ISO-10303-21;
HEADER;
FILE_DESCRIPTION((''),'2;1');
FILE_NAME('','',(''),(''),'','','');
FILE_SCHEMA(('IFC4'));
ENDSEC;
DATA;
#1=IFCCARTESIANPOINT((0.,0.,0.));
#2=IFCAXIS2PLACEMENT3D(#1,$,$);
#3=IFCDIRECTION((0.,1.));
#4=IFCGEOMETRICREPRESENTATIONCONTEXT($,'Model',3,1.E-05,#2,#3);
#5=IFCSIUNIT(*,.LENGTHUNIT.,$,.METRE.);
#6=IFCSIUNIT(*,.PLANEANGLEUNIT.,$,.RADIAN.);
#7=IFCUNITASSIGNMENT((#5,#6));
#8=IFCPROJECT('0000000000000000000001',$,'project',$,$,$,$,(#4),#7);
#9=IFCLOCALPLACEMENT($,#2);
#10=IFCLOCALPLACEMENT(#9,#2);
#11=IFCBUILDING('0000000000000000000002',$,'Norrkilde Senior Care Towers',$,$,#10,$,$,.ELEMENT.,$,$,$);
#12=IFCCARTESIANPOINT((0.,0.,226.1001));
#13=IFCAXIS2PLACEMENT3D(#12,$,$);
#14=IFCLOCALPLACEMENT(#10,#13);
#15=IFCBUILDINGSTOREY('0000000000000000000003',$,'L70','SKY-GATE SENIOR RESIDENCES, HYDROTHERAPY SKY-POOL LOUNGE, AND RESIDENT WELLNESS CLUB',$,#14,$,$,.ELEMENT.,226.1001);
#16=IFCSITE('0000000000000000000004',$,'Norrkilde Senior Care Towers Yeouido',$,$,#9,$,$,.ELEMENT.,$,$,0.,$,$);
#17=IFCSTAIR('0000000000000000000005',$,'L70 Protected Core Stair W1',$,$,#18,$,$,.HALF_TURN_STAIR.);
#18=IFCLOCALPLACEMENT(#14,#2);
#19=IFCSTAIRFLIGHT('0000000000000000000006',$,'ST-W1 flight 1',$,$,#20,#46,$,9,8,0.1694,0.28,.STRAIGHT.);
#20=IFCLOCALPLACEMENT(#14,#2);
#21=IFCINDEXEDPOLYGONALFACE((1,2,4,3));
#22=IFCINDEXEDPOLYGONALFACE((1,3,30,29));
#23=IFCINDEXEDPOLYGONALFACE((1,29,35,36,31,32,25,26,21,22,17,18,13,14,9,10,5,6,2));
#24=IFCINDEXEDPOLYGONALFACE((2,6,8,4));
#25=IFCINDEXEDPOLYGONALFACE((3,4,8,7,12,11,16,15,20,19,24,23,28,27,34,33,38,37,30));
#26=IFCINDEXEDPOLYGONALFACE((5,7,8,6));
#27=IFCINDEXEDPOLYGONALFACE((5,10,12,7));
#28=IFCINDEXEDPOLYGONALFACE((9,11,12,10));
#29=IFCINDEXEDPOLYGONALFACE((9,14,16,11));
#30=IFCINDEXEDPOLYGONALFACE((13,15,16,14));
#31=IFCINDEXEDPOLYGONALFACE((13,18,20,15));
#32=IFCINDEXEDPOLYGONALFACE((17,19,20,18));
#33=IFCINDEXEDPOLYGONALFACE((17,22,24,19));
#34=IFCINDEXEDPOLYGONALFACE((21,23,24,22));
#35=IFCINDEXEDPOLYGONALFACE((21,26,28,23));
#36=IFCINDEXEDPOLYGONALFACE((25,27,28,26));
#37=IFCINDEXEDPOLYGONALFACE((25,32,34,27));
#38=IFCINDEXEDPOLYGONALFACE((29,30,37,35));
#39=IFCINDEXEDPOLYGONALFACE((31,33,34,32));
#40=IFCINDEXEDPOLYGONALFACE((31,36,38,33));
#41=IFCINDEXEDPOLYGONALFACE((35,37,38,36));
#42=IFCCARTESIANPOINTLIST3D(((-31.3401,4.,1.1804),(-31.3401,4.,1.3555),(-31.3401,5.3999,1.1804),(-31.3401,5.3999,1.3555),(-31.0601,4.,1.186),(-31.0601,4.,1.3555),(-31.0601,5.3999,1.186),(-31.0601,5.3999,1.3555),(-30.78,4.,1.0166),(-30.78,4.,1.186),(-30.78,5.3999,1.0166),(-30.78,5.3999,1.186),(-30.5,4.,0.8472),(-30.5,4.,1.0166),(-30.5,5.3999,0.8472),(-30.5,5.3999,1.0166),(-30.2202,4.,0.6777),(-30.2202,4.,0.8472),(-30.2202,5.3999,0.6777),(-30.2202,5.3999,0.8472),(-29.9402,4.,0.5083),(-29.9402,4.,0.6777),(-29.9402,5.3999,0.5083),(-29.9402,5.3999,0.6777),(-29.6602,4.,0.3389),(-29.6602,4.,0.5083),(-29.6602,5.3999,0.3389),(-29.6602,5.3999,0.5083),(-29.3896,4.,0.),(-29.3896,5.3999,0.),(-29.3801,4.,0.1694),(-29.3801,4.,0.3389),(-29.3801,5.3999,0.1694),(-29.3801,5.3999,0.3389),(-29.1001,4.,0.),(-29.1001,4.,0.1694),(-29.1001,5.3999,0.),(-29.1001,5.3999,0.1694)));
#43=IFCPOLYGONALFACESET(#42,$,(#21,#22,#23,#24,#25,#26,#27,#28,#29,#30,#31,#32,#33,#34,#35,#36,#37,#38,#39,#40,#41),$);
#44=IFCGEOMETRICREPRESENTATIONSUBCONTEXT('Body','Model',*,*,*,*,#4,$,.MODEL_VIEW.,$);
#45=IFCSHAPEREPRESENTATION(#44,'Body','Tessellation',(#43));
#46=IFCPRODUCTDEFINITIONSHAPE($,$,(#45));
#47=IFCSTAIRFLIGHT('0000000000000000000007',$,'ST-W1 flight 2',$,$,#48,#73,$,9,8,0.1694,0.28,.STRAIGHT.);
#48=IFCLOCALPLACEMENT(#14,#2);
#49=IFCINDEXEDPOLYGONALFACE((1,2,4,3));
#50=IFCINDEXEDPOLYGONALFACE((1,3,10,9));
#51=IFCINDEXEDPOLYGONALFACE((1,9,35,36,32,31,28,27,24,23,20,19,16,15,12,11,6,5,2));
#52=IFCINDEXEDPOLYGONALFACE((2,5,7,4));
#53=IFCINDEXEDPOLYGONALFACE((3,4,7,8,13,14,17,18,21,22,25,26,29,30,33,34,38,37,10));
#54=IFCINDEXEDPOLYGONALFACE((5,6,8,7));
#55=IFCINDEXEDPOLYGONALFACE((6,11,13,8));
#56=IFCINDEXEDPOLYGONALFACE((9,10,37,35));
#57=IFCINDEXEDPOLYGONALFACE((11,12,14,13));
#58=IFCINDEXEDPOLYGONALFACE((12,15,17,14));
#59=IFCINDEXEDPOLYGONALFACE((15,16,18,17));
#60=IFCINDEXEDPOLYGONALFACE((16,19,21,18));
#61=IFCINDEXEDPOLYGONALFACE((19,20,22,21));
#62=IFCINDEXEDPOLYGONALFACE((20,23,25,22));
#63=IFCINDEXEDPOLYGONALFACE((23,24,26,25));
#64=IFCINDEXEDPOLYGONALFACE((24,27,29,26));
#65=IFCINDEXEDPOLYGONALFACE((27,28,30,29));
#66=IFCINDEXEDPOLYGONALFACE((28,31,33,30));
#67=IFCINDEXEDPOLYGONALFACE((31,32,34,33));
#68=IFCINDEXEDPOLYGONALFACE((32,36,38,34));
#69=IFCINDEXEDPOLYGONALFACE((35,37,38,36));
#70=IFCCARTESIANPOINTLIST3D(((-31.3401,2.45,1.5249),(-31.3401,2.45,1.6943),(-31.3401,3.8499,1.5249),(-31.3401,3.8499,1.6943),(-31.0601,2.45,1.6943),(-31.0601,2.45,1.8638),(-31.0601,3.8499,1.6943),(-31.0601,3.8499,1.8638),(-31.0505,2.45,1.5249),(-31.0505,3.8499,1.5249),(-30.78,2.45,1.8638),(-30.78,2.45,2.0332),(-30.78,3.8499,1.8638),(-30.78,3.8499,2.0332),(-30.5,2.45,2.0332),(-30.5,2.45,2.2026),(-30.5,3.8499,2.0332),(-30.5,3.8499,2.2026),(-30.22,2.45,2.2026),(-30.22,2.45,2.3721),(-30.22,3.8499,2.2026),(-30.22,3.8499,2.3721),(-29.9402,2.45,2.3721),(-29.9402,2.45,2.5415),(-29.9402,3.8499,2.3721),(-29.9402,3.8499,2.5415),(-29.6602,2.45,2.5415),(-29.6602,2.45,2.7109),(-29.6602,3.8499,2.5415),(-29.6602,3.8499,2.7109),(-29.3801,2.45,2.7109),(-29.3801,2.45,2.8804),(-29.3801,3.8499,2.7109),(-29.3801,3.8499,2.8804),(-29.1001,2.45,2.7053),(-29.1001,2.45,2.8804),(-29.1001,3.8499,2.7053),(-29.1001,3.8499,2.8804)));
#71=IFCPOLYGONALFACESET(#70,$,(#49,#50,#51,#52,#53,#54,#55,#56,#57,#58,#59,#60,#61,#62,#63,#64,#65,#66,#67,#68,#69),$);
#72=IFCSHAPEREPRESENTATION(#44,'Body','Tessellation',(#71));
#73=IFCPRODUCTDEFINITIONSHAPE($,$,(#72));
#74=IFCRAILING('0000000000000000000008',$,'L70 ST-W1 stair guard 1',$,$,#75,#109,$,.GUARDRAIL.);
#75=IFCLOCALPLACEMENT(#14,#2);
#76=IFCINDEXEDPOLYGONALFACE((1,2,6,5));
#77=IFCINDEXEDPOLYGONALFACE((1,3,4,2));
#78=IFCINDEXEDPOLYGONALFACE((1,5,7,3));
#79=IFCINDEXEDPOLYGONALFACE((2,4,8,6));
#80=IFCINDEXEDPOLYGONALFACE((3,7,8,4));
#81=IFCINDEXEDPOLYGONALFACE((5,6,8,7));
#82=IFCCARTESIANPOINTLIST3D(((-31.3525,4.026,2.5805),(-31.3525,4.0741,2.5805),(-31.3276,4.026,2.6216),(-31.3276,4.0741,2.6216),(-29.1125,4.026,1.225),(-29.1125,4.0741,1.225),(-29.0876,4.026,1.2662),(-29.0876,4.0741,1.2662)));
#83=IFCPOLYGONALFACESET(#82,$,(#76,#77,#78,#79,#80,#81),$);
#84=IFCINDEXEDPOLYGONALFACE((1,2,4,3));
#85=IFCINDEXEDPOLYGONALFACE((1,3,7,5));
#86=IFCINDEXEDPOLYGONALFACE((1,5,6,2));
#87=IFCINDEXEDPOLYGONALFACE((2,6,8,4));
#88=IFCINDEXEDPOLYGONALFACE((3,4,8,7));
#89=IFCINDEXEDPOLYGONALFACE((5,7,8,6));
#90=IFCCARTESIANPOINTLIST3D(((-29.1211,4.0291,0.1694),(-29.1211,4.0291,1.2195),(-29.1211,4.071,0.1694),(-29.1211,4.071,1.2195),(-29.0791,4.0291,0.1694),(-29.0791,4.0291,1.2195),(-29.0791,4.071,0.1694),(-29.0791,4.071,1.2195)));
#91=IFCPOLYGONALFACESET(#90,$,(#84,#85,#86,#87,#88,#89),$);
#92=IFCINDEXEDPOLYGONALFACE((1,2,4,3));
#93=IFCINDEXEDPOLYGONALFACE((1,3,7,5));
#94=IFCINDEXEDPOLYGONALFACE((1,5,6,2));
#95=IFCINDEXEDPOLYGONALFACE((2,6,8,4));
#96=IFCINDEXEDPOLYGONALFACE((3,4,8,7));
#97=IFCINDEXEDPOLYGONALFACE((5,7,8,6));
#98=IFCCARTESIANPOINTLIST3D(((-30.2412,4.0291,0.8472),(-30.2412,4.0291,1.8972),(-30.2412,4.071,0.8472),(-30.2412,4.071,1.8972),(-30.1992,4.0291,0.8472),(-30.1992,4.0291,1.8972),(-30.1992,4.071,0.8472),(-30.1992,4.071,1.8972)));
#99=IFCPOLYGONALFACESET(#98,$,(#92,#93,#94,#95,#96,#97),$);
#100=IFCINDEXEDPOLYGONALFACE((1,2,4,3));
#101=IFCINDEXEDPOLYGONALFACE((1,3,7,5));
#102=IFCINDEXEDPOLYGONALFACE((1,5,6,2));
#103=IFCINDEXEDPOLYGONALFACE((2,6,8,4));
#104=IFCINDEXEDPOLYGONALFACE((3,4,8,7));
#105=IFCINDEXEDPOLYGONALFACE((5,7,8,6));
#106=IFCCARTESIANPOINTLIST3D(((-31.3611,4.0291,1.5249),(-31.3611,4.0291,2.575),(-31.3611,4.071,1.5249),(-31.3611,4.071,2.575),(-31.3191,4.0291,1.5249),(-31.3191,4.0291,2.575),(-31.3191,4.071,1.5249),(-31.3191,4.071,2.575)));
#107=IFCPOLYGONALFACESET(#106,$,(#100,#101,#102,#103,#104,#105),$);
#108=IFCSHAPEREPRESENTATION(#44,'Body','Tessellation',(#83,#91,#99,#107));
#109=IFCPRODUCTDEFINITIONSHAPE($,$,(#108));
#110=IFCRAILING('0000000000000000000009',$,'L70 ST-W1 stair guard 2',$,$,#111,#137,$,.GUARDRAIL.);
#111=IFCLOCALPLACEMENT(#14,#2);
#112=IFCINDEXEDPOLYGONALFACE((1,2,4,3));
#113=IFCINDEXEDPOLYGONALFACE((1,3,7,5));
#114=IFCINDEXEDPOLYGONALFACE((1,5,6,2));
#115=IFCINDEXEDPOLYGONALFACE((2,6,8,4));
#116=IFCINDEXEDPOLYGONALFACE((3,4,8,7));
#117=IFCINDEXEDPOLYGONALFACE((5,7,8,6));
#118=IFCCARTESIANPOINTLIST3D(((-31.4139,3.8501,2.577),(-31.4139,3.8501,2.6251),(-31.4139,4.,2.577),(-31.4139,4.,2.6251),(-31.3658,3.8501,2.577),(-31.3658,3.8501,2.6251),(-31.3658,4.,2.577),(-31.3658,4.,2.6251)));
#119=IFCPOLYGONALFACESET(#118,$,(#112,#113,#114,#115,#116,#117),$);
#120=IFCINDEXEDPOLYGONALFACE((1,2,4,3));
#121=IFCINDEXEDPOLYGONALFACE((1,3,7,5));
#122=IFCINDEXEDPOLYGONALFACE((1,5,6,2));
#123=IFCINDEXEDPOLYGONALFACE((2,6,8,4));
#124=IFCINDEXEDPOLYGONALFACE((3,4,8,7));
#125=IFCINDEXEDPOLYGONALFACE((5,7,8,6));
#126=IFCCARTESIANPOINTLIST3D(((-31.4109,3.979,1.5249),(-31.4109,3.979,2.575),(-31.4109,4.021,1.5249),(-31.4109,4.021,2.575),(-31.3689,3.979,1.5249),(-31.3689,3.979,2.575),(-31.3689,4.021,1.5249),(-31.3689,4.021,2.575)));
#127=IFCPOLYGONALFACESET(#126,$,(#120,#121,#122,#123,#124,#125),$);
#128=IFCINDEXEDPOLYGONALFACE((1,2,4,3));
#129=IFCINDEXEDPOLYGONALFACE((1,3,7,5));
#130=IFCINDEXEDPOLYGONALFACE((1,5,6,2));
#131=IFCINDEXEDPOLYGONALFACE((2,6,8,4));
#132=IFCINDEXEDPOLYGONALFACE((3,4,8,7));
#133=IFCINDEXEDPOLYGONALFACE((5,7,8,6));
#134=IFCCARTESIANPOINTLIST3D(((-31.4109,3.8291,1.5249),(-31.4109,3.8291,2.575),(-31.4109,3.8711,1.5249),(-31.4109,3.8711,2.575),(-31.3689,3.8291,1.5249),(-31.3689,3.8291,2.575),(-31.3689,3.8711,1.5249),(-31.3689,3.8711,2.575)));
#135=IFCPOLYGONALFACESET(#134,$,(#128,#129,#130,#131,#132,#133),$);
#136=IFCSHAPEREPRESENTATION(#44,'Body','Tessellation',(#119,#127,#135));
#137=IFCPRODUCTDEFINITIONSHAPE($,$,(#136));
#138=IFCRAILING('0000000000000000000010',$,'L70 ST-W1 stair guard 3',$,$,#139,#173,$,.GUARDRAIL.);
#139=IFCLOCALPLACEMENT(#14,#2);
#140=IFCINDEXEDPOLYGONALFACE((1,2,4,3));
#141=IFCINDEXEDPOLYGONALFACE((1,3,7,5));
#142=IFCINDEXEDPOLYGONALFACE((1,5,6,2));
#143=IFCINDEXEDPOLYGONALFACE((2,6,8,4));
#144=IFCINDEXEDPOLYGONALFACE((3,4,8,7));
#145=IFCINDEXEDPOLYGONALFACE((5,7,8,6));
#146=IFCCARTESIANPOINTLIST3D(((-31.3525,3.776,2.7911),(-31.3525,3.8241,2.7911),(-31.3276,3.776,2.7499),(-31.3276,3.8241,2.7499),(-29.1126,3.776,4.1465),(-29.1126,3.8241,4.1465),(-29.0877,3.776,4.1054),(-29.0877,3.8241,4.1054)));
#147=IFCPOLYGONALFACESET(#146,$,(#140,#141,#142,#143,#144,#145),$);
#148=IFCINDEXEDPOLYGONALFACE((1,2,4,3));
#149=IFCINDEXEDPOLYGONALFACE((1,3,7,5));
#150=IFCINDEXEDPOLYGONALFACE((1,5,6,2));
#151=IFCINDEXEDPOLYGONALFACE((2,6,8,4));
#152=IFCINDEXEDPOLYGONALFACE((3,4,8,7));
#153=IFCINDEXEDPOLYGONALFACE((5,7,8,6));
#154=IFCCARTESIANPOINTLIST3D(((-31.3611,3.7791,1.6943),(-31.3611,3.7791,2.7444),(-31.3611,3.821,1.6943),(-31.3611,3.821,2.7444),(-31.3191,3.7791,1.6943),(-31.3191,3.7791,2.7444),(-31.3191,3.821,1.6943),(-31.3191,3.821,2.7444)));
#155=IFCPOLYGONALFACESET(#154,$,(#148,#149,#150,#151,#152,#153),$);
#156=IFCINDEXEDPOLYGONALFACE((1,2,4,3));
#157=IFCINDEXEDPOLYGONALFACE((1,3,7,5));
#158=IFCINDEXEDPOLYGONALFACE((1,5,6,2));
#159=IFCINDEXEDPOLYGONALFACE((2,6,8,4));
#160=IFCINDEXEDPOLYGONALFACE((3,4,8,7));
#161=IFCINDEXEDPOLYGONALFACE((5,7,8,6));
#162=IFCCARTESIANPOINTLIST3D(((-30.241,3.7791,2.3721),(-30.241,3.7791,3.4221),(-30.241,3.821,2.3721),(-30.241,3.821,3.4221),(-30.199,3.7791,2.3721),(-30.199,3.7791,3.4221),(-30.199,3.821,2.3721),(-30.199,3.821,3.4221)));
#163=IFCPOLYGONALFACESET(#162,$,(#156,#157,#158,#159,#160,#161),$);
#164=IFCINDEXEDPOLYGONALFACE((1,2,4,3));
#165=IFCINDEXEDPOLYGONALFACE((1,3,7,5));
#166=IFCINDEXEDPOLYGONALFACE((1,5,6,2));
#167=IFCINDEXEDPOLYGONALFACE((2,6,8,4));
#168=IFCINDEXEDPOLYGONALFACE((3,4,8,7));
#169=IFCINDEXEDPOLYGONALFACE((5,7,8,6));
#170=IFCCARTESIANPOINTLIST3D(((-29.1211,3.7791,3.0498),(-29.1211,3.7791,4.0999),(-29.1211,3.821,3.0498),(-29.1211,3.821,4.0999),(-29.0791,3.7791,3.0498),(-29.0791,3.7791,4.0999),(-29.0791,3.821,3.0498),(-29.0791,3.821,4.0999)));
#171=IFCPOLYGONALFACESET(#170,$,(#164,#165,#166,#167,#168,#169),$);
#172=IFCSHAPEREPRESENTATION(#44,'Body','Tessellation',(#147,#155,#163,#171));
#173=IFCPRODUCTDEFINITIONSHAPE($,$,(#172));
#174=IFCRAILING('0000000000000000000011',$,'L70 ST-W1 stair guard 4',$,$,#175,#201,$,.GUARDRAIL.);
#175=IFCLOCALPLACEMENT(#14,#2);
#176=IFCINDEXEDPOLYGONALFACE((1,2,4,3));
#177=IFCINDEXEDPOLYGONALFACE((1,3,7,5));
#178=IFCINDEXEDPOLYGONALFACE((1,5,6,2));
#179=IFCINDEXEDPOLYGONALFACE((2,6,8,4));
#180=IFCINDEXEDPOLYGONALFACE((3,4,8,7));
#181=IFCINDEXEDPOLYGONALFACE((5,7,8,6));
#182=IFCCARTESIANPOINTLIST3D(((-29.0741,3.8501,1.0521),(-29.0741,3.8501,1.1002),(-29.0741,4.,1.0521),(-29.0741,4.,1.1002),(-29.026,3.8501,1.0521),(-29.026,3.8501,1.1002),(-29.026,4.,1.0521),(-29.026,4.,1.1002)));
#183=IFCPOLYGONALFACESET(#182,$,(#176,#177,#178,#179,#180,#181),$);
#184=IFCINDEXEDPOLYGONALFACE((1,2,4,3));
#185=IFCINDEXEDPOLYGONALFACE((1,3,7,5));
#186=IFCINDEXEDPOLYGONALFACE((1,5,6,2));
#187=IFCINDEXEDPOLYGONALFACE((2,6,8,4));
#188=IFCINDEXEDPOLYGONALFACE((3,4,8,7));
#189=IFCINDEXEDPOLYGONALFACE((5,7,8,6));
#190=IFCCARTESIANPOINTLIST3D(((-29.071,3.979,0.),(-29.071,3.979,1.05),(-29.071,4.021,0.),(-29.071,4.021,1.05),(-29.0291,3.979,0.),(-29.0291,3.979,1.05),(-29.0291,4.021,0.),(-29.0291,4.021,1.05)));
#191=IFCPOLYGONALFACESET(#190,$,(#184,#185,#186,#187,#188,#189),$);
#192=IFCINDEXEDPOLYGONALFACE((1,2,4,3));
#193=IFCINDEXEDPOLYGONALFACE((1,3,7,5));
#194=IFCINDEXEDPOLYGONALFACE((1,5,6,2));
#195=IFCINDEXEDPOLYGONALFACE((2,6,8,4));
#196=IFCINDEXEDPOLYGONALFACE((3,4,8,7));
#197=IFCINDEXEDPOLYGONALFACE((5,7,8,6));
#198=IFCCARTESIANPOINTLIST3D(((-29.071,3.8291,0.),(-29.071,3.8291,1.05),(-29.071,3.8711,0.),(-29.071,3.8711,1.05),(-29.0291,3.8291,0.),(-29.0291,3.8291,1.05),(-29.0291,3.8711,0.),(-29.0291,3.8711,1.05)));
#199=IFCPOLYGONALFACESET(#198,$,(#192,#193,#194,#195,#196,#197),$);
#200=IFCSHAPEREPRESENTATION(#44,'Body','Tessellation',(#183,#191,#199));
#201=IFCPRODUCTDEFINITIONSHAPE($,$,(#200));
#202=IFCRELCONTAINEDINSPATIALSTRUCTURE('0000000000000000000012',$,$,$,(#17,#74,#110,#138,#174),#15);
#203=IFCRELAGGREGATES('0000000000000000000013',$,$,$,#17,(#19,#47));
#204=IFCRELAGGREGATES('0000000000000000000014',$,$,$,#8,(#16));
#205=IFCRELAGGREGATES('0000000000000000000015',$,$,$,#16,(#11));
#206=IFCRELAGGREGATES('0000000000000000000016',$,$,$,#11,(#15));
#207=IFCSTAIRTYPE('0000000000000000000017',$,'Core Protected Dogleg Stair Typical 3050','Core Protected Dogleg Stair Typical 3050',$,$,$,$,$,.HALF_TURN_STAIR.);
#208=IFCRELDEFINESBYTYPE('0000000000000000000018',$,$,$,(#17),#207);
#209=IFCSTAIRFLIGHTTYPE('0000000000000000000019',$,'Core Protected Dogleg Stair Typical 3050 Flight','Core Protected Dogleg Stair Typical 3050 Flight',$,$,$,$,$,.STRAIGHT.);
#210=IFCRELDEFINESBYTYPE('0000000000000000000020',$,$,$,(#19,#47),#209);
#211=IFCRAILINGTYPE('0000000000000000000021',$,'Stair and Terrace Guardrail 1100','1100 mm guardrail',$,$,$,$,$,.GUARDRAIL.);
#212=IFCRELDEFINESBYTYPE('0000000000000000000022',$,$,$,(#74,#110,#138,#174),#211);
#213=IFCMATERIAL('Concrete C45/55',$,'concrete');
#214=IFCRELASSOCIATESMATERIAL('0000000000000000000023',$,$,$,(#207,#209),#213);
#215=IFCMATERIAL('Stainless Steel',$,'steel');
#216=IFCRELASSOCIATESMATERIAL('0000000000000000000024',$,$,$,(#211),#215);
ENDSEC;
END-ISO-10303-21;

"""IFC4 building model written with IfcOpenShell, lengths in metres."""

from ifc_helpers import new_model, si_unit, direction, frame, origin, origin_2d, place, context, subcontext, project, spatial, polyline, rectangle, outline, extrude, material, type_object, element, aggregate, save


model = new_model("IFC4")

# Units and contexts
model_context = context("Model", 3, precision=1e-05, world=origin(), true_north=direction((0.0, 1.0)))
body_context = subcontext(model_context, "Body", "Model", "MODEL_VIEW")
ifc_project = project(units=[si_unit("LENGTHUNIT", "METRE"), si_unit("PLANEANGLEUNIT", "RADIAN")], contexts=[model_context])

# Site, building, storey
site_placement = place(None, origin())
site = spatial("IfcSite", under=ifc_project, at=site_placement, Name="Norrkilde Senior Care Towers Yeouido", CompositionType="ELEMENT", RefElevation=0.0)
building_placement = place(site_placement, origin())
building = spatial("IfcBuilding", under=site, at=building_placement, Name="Norrkilde Senior Care Towers", CompositionType="ELEMENT")
storey_placement = place(building_placement, frame((0.0, 0.0, 226.1001)))
storey = spatial("IfcBuildingStorey", under=building, at=storey_placement, Name="L70", Description="SKY-GATE SENIOR RESIDENCES, HYDROTHERAPY SKY-POOL LOUNGE, AND RESIDENT WELLNESS CLUB", CompositionType="ELEMENT", Elevation=226.1001)

# Shared definitions
ifc_material_1 = material(Name="Concrete C45/55", Category="concrete")

# Shared definitions
ifc_material_2 = material(Name="Stainless Steel", Category="steel")

# Stair, stair flights
stair_type = type_object("IfcStairType", Name="Core Protected Dogleg Stair Typical 3050", Description="Core Protected Dogleg Stair Typical 3050", PredefinedType="HALF_TURN_STAIR", material=ifc_material_1)
stair_placement = place(storey_placement, origin())
stair = element("IfcStair", 1, at=stair_placement, inside=storey, type_object=stair_type, Name="L70 Protected Core Stair W1", PredefinedType="HALF_TURN_STAIR")
stair_flight_type = type_object("IfcStairFlightType", Name="Core Protected Dogleg Stair Typical 3050 Flight", Description="Core Protected Dogleg Stair Typical 3050 Flight", PredefinedType="STRAIGHT", material=ifc_material_1)
stair_flight_1_placement = place(storey_placement, frame((-29.1001, 4.7, 0.0), z_axis=(0.0, 0.0, 1.0), x_axis=(-1.0, 0.0, 0.0)))
stair_flight_1 = element("IfcStairFlight", 2, at=stair_flight_1_placement, type_object=stair_flight_type, Name="ST-W1 flight 1", NumberOfRisers=9, NumberOfTreads=8, PredefinedType="STRAIGHT", RiserHeight=0.1694, TreadLength=0.28, context=body_context, shape_type="SweptSolid", body=[
    extrude(outline(polyline([(0.0, 0.0), (0.0, 0.1694), (0.28, 0.1694), (0.28, 0.3389), (0.5601, 0.3389), (0.5601, 0.5083), (0.8401, 0.5083), (0.8401, 0.6777), (1.1201, 0.6777), (1.1201, 0.8472), (1.3999, 0.8472), (1.3999, 1.0166), (1.6799, 1.0166), (1.6799, 1.186), (1.96, 1.186), (1.96, 1.3555), (2.24, 1.3555), (2.24, 1.5249), (2.24, 1.1804), (0.2896, 0.0), (0.0, 0.0)])), frame((0.0, 0.7, 0.0), z_axis=(0.0, -1.0, 0.0), x_axis=(1.0, 0.0, 0.0)), (0.0, 0.0, 1.0), 1.3999),
])
stair_flight_2_placement = place(storey_placement, frame((-31.3401, 3.1499, 1.5249), z_axis=(0.0, 0.0, 1.0), x_axis=(1.0, 0.0, 0.0)))
stair_flight_2 = element("IfcStairFlight", 3, at=stair_flight_2_placement, type_object=stair_flight_type, Name="ST-W1 flight 2", NumberOfRisers=9, NumberOfTreads=8, PredefinedType="STRAIGHT", RiserHeight=0.1694, TreadLength=0.28, context=body_context, shape_type="SweptSolid", body=[
    extrude(outline(polyline([(0.0, 0.0), (0.0, 0.1694), (0.28, 0.1694), (0.28, 0.3389), (0.5601, 0.3389), (0.5601, 0.5083), (0.8401, 0.5083), (0.8401, 0.6777), (1.1201, 0.6777), (1.1201, 0.8472), (1.3999, 0.8472), (1.3999, 1.0166), (1.6799, 1.0166), (1.6799, 1.186), (1.96, 1.186), (1.96, 1.3555), (2.24, 1.3555), (2.24, 1.5249), (2.24, 1.1804), (0.2896, 0.0), (0.0, 0.0)])), frame((0.0, 0.7, 0.0), z_axis=(0.0, -1.0, 0.0), x_axis=(1.0, 0.0, 0.0)), (0.0, 0.0, 1.0), 1.3999),
])
aggregate(stair, [stair_flight_1, stair_flight_2])

# Railings
railing_type_1 = type_object("IfcRailingType", Name="Stair and Terrace Guardrail 1100", Description="1100 mm guardrail", PredefinedType="GUARDRAIL", material=ifc_material_2)
railing_1_placement = place(storey_placement, frame((-29.1001, 4.05, 0.1694)))
element("IfcRailing", 4, at=railing_1_placement, inside=storey, type_object=railing_type_1, Name="L70 ST-W1 stair guard 1", PredefinedType="GUARDRAIL", context=body_context, shape_type="SweptSolid", body=[
    extrude(rectangle(XDim=0.0481, YDim=0.0481, at=origin_2d()), frame((0.0, 0.0, 1.0762), z_axis=(-0.855553, 0.0, 0.517715), x_axis=(0.0, -1.0, 0.0)), (0.0, 0.0, 1.0), 2.6182),
    extrude(rectangle(XDim=0.042, YDim=0.042, at=origin_2d()), origin(), (0.0, 0.0, 1.0), 1.05),
    extrude(rectangle(XDim=0.042, YDim=0.042, at=origin_2d()), frame((-1.1201, 0.0, 0.6777)), (0.0, 0.0, 1.0), 1.05),
    extrude(rectangle(XDim=0.042, YDim=0.042, at=origin_2d()), frame((-2.24, 0.0, 1.3555)), (0.0, 0.0, 1.0), 1.05),
])
railing_2_placement = place(storey_placement, frame((-31.3899, 4.0, 1.5249)))
element("IfcRailing", 5, at=railing_2_placement, inside=storey, type_object=railing_type_1, Name="L70 ST-W1 stair guard 2", PredefinedType="GUARDRAIL", context=body_context, shape_type="SweptSolid", body=[
    extrude(rectangle(XDim=0.0481, YDim=0.0481, at=origin_2d()), frame((0.0, 0.0, 1.0762), z_axis=(0.0, -1.0, 0.0), x_axis=(1.0, 0.0, 0.0)), (0.0, 0.0, 1.0), 0.1499),
    extrude(rectangle(XDim=0.042, YDim=0.042, at=origin_2d()), origin(), (0.0, 0.0, 1.0), 1.05),
    extrude(rectangle(XDim=0.042, YDim=0.042, at=origin_2d()), frame((0.0, -0.1499, 0.0)), (0.0, 0.0, 1.0), 1.05),
])
railing_3_placement = place(storey_placement, frame((-31.3401, 3.8, 1.6943)))
element("IfcRailing", 6, at=railing_3_placement, inside=storey, type_object=railing_type_1, Name="L70 ST-W1 stair guard 3", PredefinedType="GUARDRAIL", context=body_context, shape_type="SweptSolid", body=[
    extrude(rectangle(XDim=0.0481, YDim=0.0481, at=origin_2d()), frame((0.0, 0.0, 1.0762), z_axis=(0.855553, 0.0, 0.517715), x_axis=(0.0, 1.0, 0.0)), (0.0, 0.0, 1.0), 2.6182),
    extrude(rectangle(XDim=0.042, YDim=0.042, at=origin_2d()), origin(), (0.0, 0.0, 1.0), 1.05),
    extrude(rectangle(XDim=0.042, YDim=0.042, at=origin_2d()), frame((1.1201, 0.0, 0.6777)), (0.0, 0.0, 1.0), 1.05),
    extrude(rectangle(XDim=0.042, YDim=0.042, at=origin_2d()), frame((2.24, 0.0, 1.3555)), (0.0, 0.0, 1.0), 1.05),
])
railing_4_placement = place(storey_placement, frame((-29.05, 4.0, 0.0)))
element("IfcRailing", 7, at=railing_4_placement, inside=storey, type_object=railing_type_1, Name="L70 ST-W1 stair guard 4", PredefinedType="GUARDRAIL", context=body_context, shape_type="SweptSolid", body=[
    extrude(rectangle(XDim=0.0481, YDim=0.0481, at=origin_2d()), frame((0.0, 0.0, 1.0762), z_axis=(0.0, -1.0, 0.0), x_axis=(1.0, 0.0, 0.0)), (0.0, 0.0, 1.0), 0.1499),
    extrude(rectangle(XDim=0.042, YDim=0.042, at=origin_2d()), origin(), (0.0, 0.0, 1.0), 1.05),
    extrude(rectangle(XDim=0.042, YDim=0.042, at=origin_2d()), frame((0.0, -0.1499, 0.0)), (0.0, 0.0, 1.0), 1.05),
])

save(model, "model.ifc")
